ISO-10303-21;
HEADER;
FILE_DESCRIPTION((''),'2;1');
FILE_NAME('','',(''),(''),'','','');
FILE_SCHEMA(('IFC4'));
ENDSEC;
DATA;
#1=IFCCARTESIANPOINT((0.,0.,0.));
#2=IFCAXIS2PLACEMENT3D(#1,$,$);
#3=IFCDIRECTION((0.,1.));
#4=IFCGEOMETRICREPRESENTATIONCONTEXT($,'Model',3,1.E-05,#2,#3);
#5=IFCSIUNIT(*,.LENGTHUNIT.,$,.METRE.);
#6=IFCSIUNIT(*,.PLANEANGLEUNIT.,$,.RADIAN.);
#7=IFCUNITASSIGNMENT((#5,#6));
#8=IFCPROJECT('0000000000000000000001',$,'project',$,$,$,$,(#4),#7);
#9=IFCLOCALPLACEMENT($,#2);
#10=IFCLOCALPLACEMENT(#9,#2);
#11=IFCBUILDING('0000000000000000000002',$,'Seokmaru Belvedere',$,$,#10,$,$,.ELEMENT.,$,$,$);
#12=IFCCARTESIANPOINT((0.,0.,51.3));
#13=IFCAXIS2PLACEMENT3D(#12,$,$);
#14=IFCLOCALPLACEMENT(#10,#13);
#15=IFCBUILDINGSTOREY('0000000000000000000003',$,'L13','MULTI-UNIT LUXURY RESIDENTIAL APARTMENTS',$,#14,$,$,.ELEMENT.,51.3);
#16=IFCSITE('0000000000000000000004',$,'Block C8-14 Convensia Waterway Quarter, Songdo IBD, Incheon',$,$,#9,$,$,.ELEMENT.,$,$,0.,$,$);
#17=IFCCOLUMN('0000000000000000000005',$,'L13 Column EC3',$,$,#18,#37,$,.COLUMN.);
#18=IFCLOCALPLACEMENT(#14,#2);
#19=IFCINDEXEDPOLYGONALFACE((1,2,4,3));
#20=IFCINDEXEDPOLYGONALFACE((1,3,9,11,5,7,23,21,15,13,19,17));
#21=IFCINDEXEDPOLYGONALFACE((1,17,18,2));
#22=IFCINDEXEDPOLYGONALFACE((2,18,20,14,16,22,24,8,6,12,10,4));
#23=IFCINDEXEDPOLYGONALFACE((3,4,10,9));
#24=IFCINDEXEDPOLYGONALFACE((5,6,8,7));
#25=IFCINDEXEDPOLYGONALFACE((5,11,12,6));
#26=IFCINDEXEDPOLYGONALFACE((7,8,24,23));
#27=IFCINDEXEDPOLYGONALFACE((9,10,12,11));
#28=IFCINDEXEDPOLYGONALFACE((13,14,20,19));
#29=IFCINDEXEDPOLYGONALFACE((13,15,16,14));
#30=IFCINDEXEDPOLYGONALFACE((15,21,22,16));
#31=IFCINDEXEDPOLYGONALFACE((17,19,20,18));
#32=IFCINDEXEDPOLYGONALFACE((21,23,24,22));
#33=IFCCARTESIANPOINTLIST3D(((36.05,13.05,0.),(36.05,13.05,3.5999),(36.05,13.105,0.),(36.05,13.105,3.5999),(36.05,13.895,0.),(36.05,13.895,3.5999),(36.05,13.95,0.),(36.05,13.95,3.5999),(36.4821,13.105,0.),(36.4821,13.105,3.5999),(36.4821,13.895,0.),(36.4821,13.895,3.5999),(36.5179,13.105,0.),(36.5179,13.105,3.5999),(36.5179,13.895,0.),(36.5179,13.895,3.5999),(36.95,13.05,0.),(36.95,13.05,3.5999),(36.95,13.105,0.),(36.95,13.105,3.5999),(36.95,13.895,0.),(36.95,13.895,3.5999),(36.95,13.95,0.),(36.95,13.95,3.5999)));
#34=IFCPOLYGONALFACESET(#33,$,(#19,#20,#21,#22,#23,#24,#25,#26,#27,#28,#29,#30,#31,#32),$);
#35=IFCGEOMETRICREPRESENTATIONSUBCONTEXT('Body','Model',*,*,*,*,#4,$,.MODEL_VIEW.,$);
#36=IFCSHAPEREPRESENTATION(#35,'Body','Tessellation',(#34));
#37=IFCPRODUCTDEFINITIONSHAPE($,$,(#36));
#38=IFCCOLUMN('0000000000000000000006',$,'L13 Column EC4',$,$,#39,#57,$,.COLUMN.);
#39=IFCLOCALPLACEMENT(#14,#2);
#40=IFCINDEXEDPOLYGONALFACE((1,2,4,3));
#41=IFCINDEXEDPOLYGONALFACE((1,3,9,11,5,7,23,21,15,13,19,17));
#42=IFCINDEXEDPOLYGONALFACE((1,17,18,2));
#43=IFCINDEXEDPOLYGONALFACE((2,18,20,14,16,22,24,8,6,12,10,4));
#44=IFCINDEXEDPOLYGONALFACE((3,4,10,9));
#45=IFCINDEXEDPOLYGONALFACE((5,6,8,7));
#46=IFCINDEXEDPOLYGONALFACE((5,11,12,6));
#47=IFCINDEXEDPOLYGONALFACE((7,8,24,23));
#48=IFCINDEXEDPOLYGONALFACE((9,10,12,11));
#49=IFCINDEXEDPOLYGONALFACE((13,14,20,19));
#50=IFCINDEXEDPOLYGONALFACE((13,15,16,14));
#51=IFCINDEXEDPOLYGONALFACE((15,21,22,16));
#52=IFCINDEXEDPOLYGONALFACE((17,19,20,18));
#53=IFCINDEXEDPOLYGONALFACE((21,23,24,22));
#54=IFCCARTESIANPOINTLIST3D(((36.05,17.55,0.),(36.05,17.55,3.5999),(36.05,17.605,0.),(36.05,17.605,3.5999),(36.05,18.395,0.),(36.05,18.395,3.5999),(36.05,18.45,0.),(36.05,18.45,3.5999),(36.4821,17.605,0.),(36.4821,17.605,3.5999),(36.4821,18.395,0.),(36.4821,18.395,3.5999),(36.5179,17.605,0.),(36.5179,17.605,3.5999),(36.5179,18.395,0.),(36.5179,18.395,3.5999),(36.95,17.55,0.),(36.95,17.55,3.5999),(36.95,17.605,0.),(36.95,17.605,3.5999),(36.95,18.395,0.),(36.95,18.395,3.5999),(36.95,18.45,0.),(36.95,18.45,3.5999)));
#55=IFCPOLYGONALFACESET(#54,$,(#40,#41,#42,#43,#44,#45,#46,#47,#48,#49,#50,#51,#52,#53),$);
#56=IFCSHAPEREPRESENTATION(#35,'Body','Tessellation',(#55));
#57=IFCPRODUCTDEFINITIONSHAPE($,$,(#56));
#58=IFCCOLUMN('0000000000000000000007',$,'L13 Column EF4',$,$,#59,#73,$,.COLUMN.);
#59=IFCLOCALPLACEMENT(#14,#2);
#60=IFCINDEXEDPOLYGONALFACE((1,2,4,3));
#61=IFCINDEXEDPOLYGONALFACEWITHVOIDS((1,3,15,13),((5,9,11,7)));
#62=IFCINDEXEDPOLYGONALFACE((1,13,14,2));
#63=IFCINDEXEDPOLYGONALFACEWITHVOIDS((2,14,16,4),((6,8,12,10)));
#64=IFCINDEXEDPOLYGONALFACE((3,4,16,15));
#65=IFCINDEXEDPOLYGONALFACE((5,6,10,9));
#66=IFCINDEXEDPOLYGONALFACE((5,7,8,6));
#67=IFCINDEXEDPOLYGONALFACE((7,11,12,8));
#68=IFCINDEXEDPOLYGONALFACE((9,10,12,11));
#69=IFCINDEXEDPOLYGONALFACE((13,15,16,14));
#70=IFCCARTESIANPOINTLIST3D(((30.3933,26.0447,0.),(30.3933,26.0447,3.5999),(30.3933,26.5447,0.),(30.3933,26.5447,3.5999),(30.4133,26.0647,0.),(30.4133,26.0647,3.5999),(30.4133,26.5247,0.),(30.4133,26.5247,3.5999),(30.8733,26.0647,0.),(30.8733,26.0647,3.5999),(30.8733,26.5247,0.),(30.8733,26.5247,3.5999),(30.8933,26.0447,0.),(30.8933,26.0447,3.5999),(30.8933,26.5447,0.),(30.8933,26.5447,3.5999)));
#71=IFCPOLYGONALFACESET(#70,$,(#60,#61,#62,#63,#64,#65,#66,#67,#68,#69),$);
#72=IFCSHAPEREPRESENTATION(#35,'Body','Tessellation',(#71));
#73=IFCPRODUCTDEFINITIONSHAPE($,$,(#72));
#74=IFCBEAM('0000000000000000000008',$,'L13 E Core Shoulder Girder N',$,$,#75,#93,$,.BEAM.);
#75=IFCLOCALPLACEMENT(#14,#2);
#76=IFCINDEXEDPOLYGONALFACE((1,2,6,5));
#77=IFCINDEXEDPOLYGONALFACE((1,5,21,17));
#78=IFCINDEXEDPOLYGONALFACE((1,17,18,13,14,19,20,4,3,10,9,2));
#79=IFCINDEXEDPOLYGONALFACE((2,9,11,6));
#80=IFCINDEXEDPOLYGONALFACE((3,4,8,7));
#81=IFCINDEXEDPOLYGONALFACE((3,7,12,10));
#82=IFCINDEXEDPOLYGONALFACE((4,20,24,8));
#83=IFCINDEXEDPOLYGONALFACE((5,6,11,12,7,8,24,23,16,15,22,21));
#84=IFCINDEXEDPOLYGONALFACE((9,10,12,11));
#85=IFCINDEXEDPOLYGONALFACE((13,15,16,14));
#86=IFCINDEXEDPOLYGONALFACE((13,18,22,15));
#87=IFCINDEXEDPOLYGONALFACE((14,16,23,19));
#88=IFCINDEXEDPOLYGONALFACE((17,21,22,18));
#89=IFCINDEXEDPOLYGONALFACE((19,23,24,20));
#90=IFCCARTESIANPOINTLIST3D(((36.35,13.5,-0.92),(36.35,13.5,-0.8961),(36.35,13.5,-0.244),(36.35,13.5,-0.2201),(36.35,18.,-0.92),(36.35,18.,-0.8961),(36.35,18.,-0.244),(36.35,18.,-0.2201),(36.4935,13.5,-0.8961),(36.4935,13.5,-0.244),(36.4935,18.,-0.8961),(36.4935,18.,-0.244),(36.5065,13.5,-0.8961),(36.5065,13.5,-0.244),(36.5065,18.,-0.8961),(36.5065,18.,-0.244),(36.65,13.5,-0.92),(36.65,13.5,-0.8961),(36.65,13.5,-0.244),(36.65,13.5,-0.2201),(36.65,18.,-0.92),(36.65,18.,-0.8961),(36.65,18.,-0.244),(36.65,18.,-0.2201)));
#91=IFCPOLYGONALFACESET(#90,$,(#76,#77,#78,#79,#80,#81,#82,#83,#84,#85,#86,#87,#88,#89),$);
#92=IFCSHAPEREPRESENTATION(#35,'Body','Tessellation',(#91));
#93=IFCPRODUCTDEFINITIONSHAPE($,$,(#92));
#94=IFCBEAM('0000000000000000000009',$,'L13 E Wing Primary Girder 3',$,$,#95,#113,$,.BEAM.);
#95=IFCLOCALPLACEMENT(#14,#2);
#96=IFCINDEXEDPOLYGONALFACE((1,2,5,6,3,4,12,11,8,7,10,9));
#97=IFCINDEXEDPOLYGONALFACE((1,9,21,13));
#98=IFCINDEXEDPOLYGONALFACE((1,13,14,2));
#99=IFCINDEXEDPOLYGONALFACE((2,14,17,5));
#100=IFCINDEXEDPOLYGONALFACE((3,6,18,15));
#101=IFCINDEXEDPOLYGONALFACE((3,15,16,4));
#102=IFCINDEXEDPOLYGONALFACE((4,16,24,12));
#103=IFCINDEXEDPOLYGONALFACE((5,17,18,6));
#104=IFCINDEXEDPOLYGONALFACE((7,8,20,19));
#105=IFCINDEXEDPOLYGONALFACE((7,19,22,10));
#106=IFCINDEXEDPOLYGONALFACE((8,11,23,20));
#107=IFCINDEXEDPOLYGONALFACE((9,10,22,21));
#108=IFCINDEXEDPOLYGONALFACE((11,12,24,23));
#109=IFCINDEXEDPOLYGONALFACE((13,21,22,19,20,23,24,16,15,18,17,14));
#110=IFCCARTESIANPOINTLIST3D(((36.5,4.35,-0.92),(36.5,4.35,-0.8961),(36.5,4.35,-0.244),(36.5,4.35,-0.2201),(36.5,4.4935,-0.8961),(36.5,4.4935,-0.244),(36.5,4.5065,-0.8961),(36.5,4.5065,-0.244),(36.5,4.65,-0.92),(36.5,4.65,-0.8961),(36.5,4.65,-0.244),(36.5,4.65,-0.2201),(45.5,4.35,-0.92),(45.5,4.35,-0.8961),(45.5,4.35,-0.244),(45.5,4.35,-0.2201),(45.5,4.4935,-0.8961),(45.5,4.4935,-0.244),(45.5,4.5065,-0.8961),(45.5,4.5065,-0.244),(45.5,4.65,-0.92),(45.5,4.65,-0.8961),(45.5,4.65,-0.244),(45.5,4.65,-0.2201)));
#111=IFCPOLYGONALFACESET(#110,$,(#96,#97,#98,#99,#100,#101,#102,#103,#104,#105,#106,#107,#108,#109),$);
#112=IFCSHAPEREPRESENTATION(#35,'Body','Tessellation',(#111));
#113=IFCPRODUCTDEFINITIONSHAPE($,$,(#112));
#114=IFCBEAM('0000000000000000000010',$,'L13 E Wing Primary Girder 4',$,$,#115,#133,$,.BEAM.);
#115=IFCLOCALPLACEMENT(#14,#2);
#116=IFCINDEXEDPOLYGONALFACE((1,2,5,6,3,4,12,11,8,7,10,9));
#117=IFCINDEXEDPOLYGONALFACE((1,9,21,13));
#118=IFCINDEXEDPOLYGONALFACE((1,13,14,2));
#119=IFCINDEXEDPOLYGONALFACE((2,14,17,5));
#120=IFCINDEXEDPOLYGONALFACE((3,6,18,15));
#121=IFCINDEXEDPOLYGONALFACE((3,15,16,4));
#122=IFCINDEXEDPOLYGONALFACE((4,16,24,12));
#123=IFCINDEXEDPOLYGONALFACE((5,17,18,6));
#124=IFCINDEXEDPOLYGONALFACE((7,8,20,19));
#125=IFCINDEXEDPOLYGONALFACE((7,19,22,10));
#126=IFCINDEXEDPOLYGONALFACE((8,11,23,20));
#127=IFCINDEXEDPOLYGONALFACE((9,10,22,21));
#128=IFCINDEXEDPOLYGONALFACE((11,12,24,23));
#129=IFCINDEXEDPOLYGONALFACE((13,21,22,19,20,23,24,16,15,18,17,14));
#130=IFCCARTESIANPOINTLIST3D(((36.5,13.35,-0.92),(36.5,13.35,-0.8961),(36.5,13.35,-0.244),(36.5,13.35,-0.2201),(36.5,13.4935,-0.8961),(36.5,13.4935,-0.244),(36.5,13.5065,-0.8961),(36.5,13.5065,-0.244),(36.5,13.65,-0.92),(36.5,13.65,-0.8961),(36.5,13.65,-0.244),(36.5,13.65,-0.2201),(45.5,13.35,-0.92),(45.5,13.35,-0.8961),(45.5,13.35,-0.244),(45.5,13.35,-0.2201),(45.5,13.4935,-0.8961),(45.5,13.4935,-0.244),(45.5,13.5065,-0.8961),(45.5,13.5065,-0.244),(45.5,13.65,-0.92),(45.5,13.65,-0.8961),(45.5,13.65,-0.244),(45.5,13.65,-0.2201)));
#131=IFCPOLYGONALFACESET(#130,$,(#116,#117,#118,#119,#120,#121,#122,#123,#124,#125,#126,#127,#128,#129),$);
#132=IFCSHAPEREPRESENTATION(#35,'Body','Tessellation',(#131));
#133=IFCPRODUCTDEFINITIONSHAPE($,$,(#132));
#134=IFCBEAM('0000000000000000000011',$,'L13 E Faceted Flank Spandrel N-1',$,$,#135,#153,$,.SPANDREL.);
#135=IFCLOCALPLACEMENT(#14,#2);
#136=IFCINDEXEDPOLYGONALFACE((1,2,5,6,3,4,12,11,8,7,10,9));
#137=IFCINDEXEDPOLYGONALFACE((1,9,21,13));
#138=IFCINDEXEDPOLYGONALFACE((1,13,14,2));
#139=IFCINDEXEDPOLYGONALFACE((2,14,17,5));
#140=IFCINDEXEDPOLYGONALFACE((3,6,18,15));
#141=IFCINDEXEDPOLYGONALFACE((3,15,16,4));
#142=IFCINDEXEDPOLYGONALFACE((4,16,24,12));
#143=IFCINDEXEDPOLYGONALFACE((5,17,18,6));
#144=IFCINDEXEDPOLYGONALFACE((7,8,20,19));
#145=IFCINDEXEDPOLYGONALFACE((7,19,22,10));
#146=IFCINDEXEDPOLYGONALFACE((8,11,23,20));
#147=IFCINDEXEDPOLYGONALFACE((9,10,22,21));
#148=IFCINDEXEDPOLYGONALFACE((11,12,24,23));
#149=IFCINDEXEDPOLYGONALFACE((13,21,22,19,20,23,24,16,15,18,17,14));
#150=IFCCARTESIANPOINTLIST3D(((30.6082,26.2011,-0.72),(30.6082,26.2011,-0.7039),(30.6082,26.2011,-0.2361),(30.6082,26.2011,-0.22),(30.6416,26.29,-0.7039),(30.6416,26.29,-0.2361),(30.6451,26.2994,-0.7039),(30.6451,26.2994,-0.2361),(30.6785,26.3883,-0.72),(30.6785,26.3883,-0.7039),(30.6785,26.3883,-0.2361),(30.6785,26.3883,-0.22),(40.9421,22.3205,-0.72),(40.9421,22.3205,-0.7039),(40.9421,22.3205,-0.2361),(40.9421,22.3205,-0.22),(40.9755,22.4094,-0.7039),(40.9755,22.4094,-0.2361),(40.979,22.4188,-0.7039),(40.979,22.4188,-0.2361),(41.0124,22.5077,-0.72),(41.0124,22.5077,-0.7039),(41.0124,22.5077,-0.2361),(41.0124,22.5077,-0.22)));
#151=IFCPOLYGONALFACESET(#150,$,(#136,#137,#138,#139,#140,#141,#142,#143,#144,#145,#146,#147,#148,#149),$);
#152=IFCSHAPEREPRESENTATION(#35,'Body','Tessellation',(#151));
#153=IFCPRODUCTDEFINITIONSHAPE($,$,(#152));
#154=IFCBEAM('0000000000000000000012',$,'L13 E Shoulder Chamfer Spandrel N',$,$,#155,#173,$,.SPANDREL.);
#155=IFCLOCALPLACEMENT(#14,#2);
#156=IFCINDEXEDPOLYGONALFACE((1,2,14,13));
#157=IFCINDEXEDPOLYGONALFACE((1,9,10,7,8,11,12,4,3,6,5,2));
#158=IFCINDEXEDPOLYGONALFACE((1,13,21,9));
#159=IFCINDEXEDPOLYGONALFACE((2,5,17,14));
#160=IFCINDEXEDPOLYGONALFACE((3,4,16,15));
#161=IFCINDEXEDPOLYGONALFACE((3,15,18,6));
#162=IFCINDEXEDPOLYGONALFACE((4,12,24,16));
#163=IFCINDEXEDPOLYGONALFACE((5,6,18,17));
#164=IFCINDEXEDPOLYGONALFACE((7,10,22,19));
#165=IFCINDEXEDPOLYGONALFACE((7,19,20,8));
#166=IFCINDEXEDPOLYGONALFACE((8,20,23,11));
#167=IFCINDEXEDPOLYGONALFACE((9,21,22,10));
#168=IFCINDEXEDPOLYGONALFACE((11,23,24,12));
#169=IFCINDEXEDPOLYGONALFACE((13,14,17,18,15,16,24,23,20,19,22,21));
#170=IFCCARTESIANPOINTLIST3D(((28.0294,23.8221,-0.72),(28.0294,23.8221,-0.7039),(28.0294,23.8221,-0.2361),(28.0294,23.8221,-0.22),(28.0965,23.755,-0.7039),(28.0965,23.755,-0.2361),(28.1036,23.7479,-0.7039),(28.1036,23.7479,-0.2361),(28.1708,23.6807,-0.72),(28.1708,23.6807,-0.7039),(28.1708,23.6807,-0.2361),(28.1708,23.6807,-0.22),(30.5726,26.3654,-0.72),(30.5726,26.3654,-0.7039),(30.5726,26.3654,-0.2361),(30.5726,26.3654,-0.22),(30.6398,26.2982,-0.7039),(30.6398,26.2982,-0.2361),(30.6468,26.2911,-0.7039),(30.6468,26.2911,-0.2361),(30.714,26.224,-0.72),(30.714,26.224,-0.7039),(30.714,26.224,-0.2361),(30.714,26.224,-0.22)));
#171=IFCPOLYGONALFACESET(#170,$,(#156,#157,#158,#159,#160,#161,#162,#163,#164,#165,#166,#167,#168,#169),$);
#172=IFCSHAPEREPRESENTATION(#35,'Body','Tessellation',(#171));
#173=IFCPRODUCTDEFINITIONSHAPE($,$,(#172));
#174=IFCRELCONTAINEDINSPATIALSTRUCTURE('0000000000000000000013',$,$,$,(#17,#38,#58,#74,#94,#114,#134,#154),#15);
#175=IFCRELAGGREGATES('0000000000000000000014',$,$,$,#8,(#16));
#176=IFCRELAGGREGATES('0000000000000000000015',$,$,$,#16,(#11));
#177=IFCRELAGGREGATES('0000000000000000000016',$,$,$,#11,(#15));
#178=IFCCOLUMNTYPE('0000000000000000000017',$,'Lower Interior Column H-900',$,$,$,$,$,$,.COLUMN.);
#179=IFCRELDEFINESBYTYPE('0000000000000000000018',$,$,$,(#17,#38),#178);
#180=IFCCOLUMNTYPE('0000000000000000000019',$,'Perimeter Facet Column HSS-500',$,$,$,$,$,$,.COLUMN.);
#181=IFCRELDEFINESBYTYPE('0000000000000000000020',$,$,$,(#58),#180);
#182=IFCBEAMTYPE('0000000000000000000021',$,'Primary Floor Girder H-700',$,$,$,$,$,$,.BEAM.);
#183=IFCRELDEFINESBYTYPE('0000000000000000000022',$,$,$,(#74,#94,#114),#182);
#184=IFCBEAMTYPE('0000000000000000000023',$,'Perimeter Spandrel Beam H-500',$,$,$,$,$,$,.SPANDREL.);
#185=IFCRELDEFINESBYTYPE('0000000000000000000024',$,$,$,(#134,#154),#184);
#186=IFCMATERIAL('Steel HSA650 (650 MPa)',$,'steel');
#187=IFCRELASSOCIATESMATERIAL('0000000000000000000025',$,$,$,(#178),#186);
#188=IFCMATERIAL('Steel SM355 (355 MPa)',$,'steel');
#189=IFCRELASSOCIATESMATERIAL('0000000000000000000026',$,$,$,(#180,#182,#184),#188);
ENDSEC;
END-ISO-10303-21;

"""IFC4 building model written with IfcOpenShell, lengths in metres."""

from ifc_helpers import new_model, si_unit, direction, frame, origin, origin_2d, place, context, subcontext, project, spatial, hollow_rectangle, i_section, extrude, source, transform, mapped, material, material_profile, profile_set, type_object, type_shapes, element, save


model = new_model("IFC4")

# Units and contexts
model_context = context("Model", 3, precision=1e-05, world=origin(), true_north=direction((0.0, 1.0)))
body_context = subcontext(model_context, "Body", "Model", "MODEL_VIEW")
ifc_project = project(units=[si_unit("LENGTHUNIT", "METRE"), si_unit("PLANEANGLEUNIT", "RADIAN")], contexts=[model_context])

# Site, building, storey
site_placement = place(None, origin())
site = spatial("IfcSite", under=ifc_project, at=site_placement, Name="Block C8-14 Convensia Waterway Quarter, Songdo IBD, Incheon", CompositionType="ELEMENT", RefElevation=0.0)
building_placement = place(site_placement, origin())
building = spatial("IfcBuilding", under=site, at=building_placement, Name="Seokmaru Belvedere", CompositionType="ELEMENT")
storey_placement = place(building_placement, frame((0.0, 0.0, 51.3)))
storey = spatial("IfcBuildingStorey", under=building, at=storey_placement, Name="L13", Description="MULTI-UNIT LUXURY RESIDENTIAL APARTMENTS", CompositionType="ELEMENT", Elevation=51.3)

# Columns
ifc_material_1 = material(Name="Steel HSA650 (650 MPa)", Category="steel")
ifc_material_profile_1 = material_profile(ifc_material_1, i_section(OverallWidth=0.8999, OverallDepth=0.8999, WebThickness=0.0359, FlangeThickness=0.0549, at=origin_2d()), Name="H-900x900x36x55")
ifc_profile_set_1 = profile_set([ifc_material_profile_1], Name="Steel HSA650 (650 MPa)")
column_type_1 = type_object("IfcColumnType", Name="Lower Interior Column H-900", PredefinedType="COLUMN", material=ifc_profile_set_1)
shared_shape_1 = source(origin(), body_context, "Body", "SweptSolid", [
    extrude(i_section(OverallWidth=0.8999, OverallDepth=0.8999, WebThickness=0.0359, FlangeThickness=0.0549, at=origin_2d()), origin(), (0.0, 0.0, 1.0), 3.5999),
])
type_shapes(column_type_1, [shared_shape_1])
for number, where, z_axis, x_axis, name in (
    (1, (36.5, 13.5, 0.0), (0.0, 0.0, 1.0), (1.0, 0.0, 0.0), "L13 Column EC3"),
    (2, (36.5, 18.0, 0.0), (0.0, 0.0, 1.0), (1.0, 0.0, 0.0), "L13 Column EC4"),
):
    element("IfcColumn", number, at=place(storey_placement, frame(where, z_axis=z_axis, x_axis=x_axis)), inside=storey, type_object=column_type_1, Name=name, PredefinedType="COLUMN", context=body_context, shape_type="MappedRepresentation", body=[
        mapped(shared_shape_1, transform((0.0, 0.0, 0.0), scale=1.0)),
    ])
ifc_material_2 = material(Name="Steel SM355 (355 MPa)", Category="steel")
ifc_material_profile_2 = material_profile(ifc_material_2, hollow_rectangle(XDim=0.5, YDim=0.5, WallThickness=0.02, at=origin_2d()), Name="HSS-500x500x20")
ifc_profile_set_2 = profile_set([ifc_material_profile_2], Name="Steel SM355 (355 MPa)")
column_type_2 = type_object("IfcColumnType", Name="Perimeter Facet Column HSS-500", PredefinedType="COLUMN", material=ifc_profile_set_2)
shared_shape_2 = source(origin(), body_context, "Body", "SweptSolid", [
    extrude(hollow_rectangle(XDim=0.5, YDim=0.5, WallThickness=0.02, at=origin_2d()), origin(), (0.0, 0.0, 1.0), 3.5999),
])
type_shapes(column_type_2, [shared_shape_2])
column_placement = place(storey_placement, frame((30.6433, 26.2947, 0.0), z_axis=(0.0, 0.0, 1.0), x_axis=(1.0, 0.0, 0.0)))
element("IfcColumn", 3, at=column_placement, inside=storey, type_object=column_type_2, Name="L13 Column EF4", PredefinedType="COLUMN", context=body_context, shape_type="MappedRepresentation", body=[
    mapped(shared_shape_2, transform((0.0, 0.0, 0.0), scale=1.0)),
])

# Beams
ifc_material_profile_3 = material_profile(ifc_material_2, i_section(OverallWidth=0.3, OverallDepth=0.7, WebThickness=0.0129, FlangeThickness=0.0239, at=origin_2d()), Name="H-700x300x13x24")
ifc_profile_set_3 = profile_set([ifc_material_profile_3], Name="Steel SM355 (355 MPa)")
beam_type_1 = type_object("IfcBeamType", Name="Primary Floor Girder H-700", PredefinedType="BEAM", material=ifc_profile_set_3)
shared_shape_3 = source(origin(), body_context, "Body", "SweptSolid", [
    extrude(i_section(OverallWidth=0.3, OverallDepth=0.7, WebThickness=0.0129, FlangeThickness=0.0239, at=origin_2d()), origin(), (0.0, 0.0, 1.0), 4.5),
])
beam_1_placement = place(storey_placement, frame((36.5, 13.5, -0.5701), z_axis=(0.0, 1.0, 0.0), x_axis=(-1.0, 0.0, 0.0)))
element("IfcBeam", 4, at=beam_1_placement, inside=storey, type_object=beam_type_1, Name="L13 E Core Shoulder Girder N", PredefinedType="BEAM", context=body_context, shape_type="MappedRepresentation", body=[
    mapped(shared_shape_3, transform((0.0, 0.0, 0.0), scale=1.0)),
])
shared_shape_4 = source(origin(), body_context, "Body", "SweptSolid", [
    extrude(i_section(OverallWidth=0.3, OverallDepth=0.7, WebThickness=0.0129, FlangeThickness=0.0239, at=origin_2d()), origin(), (0.0, 0.0, 1.0), 9.0),
])
type_shapes(beam_type_1, [shared_shape_3, shared_shape_4])
for number, where, z_axis, x_axis, name in (
    (5, (36.5, 4.5, -0.5701), (1.0, 0.0, 0.0), (0.0, 1.0, 0.0), "L13 E Wing Primary Girder 3"),
    (6, (36.5, 13.5, -0.5701), (1.0, 0.0, 0.0), (0.0, 1.0, 0.0), "L13 E Wing Primary Girder 4"),
):
    element("IfcBeam", number, at=place(storey_placement, frame(where, z_axis=z_axis, x_axis=x_axis)), inside=storey, type_object=beam_type_1, Name=name, PredefinedType="BEAM", context=body_context, shape_type="MappedRepresentation", body=[
        mapped(shared_shape_4, transform((0.0, 0.0, 0.0), scale=1.0)),
    ])
ifc_material_profile_4 = material_profile(ifc_material_2, i_section(OverallWidth=0.2, OverallDepth=0.5, WebThickness=0.01, FlangeThickness=0.0161, at=origin_2d()), Name="H-500x200x10x16")
ifc_profile_set_4 = profile_set([ifc_material_profile_4], Name="Steel SM355 (355 MPa)")
beam_type_2 = type_object("IfcBeamType", Name="Perimeter Spandrel Beam H-500", PredefinedType="SPANDREL", material=ifc_profile_set_4)
shared_shape_5 = source(origin(), body_context, "Body", "SweptSolid", [
    extrude(i_section(OverallWidth=0.2, OverallDepth=0.5, WebThickness=0.01, FlangeThickness=0.0161, at=origin_2d()), origin(), (0.0, 0.0, 1.0), 11.0386),
])
beam_2_placement = place(storey_placement, frame((30.6433, 26.2947, -0.47), z_axis=(0.936169, -0.35155, 0.0), x_axis=(0.35155, 0.936169, 0.0)))
element("IfcBeam", 7, at=beam_2_placement, inside=storey, type_object=beam_type_2, Name="L13 E Faceted Flank Spandrel N-1", PredefinedType="SPANDREL", context=body_context, shape_type="MappedRepresentation", body=[
    mapped(shared_shape_5, transform((0.0, 0.0, 0.0), scale=1.0)),
])
shared_shape_6 = source(origin(), body_context, "Body", "SweptSolid", [
    extrude(i_section(OverallWidth=0.2, OverallDepth=0.5, WebThickness=0.01, FlangeThickness=0.0161, at=origin_2d()), origin(), (0.0, 0.0, 1.0), 3.5967),
])
type_shapes(beam_type_2, [shared_shape_5, shared_shape_6])
beam_3_placement = place(storey_placement, frame((30.6433, 26.2947, -0.47), z_axis=(-0.707107, -0.707107, 0.0), x_axis=(0.707107, -0.707107, 0.0)))
element("IfcBeam", 8, at=beam_3_placement, inside=storey, type_object=beam_type_2, Name="L13 E Shoulder Chamfer Spandrel N", PredefinedType="SPANDREL", context=body_context, shape_type="MappedRepresentation", body=[
    mapped(shared_shape_6, transform((0.0, 0.0, 0.0), scale=1.0)),
])

save(model, "model.ifc")
